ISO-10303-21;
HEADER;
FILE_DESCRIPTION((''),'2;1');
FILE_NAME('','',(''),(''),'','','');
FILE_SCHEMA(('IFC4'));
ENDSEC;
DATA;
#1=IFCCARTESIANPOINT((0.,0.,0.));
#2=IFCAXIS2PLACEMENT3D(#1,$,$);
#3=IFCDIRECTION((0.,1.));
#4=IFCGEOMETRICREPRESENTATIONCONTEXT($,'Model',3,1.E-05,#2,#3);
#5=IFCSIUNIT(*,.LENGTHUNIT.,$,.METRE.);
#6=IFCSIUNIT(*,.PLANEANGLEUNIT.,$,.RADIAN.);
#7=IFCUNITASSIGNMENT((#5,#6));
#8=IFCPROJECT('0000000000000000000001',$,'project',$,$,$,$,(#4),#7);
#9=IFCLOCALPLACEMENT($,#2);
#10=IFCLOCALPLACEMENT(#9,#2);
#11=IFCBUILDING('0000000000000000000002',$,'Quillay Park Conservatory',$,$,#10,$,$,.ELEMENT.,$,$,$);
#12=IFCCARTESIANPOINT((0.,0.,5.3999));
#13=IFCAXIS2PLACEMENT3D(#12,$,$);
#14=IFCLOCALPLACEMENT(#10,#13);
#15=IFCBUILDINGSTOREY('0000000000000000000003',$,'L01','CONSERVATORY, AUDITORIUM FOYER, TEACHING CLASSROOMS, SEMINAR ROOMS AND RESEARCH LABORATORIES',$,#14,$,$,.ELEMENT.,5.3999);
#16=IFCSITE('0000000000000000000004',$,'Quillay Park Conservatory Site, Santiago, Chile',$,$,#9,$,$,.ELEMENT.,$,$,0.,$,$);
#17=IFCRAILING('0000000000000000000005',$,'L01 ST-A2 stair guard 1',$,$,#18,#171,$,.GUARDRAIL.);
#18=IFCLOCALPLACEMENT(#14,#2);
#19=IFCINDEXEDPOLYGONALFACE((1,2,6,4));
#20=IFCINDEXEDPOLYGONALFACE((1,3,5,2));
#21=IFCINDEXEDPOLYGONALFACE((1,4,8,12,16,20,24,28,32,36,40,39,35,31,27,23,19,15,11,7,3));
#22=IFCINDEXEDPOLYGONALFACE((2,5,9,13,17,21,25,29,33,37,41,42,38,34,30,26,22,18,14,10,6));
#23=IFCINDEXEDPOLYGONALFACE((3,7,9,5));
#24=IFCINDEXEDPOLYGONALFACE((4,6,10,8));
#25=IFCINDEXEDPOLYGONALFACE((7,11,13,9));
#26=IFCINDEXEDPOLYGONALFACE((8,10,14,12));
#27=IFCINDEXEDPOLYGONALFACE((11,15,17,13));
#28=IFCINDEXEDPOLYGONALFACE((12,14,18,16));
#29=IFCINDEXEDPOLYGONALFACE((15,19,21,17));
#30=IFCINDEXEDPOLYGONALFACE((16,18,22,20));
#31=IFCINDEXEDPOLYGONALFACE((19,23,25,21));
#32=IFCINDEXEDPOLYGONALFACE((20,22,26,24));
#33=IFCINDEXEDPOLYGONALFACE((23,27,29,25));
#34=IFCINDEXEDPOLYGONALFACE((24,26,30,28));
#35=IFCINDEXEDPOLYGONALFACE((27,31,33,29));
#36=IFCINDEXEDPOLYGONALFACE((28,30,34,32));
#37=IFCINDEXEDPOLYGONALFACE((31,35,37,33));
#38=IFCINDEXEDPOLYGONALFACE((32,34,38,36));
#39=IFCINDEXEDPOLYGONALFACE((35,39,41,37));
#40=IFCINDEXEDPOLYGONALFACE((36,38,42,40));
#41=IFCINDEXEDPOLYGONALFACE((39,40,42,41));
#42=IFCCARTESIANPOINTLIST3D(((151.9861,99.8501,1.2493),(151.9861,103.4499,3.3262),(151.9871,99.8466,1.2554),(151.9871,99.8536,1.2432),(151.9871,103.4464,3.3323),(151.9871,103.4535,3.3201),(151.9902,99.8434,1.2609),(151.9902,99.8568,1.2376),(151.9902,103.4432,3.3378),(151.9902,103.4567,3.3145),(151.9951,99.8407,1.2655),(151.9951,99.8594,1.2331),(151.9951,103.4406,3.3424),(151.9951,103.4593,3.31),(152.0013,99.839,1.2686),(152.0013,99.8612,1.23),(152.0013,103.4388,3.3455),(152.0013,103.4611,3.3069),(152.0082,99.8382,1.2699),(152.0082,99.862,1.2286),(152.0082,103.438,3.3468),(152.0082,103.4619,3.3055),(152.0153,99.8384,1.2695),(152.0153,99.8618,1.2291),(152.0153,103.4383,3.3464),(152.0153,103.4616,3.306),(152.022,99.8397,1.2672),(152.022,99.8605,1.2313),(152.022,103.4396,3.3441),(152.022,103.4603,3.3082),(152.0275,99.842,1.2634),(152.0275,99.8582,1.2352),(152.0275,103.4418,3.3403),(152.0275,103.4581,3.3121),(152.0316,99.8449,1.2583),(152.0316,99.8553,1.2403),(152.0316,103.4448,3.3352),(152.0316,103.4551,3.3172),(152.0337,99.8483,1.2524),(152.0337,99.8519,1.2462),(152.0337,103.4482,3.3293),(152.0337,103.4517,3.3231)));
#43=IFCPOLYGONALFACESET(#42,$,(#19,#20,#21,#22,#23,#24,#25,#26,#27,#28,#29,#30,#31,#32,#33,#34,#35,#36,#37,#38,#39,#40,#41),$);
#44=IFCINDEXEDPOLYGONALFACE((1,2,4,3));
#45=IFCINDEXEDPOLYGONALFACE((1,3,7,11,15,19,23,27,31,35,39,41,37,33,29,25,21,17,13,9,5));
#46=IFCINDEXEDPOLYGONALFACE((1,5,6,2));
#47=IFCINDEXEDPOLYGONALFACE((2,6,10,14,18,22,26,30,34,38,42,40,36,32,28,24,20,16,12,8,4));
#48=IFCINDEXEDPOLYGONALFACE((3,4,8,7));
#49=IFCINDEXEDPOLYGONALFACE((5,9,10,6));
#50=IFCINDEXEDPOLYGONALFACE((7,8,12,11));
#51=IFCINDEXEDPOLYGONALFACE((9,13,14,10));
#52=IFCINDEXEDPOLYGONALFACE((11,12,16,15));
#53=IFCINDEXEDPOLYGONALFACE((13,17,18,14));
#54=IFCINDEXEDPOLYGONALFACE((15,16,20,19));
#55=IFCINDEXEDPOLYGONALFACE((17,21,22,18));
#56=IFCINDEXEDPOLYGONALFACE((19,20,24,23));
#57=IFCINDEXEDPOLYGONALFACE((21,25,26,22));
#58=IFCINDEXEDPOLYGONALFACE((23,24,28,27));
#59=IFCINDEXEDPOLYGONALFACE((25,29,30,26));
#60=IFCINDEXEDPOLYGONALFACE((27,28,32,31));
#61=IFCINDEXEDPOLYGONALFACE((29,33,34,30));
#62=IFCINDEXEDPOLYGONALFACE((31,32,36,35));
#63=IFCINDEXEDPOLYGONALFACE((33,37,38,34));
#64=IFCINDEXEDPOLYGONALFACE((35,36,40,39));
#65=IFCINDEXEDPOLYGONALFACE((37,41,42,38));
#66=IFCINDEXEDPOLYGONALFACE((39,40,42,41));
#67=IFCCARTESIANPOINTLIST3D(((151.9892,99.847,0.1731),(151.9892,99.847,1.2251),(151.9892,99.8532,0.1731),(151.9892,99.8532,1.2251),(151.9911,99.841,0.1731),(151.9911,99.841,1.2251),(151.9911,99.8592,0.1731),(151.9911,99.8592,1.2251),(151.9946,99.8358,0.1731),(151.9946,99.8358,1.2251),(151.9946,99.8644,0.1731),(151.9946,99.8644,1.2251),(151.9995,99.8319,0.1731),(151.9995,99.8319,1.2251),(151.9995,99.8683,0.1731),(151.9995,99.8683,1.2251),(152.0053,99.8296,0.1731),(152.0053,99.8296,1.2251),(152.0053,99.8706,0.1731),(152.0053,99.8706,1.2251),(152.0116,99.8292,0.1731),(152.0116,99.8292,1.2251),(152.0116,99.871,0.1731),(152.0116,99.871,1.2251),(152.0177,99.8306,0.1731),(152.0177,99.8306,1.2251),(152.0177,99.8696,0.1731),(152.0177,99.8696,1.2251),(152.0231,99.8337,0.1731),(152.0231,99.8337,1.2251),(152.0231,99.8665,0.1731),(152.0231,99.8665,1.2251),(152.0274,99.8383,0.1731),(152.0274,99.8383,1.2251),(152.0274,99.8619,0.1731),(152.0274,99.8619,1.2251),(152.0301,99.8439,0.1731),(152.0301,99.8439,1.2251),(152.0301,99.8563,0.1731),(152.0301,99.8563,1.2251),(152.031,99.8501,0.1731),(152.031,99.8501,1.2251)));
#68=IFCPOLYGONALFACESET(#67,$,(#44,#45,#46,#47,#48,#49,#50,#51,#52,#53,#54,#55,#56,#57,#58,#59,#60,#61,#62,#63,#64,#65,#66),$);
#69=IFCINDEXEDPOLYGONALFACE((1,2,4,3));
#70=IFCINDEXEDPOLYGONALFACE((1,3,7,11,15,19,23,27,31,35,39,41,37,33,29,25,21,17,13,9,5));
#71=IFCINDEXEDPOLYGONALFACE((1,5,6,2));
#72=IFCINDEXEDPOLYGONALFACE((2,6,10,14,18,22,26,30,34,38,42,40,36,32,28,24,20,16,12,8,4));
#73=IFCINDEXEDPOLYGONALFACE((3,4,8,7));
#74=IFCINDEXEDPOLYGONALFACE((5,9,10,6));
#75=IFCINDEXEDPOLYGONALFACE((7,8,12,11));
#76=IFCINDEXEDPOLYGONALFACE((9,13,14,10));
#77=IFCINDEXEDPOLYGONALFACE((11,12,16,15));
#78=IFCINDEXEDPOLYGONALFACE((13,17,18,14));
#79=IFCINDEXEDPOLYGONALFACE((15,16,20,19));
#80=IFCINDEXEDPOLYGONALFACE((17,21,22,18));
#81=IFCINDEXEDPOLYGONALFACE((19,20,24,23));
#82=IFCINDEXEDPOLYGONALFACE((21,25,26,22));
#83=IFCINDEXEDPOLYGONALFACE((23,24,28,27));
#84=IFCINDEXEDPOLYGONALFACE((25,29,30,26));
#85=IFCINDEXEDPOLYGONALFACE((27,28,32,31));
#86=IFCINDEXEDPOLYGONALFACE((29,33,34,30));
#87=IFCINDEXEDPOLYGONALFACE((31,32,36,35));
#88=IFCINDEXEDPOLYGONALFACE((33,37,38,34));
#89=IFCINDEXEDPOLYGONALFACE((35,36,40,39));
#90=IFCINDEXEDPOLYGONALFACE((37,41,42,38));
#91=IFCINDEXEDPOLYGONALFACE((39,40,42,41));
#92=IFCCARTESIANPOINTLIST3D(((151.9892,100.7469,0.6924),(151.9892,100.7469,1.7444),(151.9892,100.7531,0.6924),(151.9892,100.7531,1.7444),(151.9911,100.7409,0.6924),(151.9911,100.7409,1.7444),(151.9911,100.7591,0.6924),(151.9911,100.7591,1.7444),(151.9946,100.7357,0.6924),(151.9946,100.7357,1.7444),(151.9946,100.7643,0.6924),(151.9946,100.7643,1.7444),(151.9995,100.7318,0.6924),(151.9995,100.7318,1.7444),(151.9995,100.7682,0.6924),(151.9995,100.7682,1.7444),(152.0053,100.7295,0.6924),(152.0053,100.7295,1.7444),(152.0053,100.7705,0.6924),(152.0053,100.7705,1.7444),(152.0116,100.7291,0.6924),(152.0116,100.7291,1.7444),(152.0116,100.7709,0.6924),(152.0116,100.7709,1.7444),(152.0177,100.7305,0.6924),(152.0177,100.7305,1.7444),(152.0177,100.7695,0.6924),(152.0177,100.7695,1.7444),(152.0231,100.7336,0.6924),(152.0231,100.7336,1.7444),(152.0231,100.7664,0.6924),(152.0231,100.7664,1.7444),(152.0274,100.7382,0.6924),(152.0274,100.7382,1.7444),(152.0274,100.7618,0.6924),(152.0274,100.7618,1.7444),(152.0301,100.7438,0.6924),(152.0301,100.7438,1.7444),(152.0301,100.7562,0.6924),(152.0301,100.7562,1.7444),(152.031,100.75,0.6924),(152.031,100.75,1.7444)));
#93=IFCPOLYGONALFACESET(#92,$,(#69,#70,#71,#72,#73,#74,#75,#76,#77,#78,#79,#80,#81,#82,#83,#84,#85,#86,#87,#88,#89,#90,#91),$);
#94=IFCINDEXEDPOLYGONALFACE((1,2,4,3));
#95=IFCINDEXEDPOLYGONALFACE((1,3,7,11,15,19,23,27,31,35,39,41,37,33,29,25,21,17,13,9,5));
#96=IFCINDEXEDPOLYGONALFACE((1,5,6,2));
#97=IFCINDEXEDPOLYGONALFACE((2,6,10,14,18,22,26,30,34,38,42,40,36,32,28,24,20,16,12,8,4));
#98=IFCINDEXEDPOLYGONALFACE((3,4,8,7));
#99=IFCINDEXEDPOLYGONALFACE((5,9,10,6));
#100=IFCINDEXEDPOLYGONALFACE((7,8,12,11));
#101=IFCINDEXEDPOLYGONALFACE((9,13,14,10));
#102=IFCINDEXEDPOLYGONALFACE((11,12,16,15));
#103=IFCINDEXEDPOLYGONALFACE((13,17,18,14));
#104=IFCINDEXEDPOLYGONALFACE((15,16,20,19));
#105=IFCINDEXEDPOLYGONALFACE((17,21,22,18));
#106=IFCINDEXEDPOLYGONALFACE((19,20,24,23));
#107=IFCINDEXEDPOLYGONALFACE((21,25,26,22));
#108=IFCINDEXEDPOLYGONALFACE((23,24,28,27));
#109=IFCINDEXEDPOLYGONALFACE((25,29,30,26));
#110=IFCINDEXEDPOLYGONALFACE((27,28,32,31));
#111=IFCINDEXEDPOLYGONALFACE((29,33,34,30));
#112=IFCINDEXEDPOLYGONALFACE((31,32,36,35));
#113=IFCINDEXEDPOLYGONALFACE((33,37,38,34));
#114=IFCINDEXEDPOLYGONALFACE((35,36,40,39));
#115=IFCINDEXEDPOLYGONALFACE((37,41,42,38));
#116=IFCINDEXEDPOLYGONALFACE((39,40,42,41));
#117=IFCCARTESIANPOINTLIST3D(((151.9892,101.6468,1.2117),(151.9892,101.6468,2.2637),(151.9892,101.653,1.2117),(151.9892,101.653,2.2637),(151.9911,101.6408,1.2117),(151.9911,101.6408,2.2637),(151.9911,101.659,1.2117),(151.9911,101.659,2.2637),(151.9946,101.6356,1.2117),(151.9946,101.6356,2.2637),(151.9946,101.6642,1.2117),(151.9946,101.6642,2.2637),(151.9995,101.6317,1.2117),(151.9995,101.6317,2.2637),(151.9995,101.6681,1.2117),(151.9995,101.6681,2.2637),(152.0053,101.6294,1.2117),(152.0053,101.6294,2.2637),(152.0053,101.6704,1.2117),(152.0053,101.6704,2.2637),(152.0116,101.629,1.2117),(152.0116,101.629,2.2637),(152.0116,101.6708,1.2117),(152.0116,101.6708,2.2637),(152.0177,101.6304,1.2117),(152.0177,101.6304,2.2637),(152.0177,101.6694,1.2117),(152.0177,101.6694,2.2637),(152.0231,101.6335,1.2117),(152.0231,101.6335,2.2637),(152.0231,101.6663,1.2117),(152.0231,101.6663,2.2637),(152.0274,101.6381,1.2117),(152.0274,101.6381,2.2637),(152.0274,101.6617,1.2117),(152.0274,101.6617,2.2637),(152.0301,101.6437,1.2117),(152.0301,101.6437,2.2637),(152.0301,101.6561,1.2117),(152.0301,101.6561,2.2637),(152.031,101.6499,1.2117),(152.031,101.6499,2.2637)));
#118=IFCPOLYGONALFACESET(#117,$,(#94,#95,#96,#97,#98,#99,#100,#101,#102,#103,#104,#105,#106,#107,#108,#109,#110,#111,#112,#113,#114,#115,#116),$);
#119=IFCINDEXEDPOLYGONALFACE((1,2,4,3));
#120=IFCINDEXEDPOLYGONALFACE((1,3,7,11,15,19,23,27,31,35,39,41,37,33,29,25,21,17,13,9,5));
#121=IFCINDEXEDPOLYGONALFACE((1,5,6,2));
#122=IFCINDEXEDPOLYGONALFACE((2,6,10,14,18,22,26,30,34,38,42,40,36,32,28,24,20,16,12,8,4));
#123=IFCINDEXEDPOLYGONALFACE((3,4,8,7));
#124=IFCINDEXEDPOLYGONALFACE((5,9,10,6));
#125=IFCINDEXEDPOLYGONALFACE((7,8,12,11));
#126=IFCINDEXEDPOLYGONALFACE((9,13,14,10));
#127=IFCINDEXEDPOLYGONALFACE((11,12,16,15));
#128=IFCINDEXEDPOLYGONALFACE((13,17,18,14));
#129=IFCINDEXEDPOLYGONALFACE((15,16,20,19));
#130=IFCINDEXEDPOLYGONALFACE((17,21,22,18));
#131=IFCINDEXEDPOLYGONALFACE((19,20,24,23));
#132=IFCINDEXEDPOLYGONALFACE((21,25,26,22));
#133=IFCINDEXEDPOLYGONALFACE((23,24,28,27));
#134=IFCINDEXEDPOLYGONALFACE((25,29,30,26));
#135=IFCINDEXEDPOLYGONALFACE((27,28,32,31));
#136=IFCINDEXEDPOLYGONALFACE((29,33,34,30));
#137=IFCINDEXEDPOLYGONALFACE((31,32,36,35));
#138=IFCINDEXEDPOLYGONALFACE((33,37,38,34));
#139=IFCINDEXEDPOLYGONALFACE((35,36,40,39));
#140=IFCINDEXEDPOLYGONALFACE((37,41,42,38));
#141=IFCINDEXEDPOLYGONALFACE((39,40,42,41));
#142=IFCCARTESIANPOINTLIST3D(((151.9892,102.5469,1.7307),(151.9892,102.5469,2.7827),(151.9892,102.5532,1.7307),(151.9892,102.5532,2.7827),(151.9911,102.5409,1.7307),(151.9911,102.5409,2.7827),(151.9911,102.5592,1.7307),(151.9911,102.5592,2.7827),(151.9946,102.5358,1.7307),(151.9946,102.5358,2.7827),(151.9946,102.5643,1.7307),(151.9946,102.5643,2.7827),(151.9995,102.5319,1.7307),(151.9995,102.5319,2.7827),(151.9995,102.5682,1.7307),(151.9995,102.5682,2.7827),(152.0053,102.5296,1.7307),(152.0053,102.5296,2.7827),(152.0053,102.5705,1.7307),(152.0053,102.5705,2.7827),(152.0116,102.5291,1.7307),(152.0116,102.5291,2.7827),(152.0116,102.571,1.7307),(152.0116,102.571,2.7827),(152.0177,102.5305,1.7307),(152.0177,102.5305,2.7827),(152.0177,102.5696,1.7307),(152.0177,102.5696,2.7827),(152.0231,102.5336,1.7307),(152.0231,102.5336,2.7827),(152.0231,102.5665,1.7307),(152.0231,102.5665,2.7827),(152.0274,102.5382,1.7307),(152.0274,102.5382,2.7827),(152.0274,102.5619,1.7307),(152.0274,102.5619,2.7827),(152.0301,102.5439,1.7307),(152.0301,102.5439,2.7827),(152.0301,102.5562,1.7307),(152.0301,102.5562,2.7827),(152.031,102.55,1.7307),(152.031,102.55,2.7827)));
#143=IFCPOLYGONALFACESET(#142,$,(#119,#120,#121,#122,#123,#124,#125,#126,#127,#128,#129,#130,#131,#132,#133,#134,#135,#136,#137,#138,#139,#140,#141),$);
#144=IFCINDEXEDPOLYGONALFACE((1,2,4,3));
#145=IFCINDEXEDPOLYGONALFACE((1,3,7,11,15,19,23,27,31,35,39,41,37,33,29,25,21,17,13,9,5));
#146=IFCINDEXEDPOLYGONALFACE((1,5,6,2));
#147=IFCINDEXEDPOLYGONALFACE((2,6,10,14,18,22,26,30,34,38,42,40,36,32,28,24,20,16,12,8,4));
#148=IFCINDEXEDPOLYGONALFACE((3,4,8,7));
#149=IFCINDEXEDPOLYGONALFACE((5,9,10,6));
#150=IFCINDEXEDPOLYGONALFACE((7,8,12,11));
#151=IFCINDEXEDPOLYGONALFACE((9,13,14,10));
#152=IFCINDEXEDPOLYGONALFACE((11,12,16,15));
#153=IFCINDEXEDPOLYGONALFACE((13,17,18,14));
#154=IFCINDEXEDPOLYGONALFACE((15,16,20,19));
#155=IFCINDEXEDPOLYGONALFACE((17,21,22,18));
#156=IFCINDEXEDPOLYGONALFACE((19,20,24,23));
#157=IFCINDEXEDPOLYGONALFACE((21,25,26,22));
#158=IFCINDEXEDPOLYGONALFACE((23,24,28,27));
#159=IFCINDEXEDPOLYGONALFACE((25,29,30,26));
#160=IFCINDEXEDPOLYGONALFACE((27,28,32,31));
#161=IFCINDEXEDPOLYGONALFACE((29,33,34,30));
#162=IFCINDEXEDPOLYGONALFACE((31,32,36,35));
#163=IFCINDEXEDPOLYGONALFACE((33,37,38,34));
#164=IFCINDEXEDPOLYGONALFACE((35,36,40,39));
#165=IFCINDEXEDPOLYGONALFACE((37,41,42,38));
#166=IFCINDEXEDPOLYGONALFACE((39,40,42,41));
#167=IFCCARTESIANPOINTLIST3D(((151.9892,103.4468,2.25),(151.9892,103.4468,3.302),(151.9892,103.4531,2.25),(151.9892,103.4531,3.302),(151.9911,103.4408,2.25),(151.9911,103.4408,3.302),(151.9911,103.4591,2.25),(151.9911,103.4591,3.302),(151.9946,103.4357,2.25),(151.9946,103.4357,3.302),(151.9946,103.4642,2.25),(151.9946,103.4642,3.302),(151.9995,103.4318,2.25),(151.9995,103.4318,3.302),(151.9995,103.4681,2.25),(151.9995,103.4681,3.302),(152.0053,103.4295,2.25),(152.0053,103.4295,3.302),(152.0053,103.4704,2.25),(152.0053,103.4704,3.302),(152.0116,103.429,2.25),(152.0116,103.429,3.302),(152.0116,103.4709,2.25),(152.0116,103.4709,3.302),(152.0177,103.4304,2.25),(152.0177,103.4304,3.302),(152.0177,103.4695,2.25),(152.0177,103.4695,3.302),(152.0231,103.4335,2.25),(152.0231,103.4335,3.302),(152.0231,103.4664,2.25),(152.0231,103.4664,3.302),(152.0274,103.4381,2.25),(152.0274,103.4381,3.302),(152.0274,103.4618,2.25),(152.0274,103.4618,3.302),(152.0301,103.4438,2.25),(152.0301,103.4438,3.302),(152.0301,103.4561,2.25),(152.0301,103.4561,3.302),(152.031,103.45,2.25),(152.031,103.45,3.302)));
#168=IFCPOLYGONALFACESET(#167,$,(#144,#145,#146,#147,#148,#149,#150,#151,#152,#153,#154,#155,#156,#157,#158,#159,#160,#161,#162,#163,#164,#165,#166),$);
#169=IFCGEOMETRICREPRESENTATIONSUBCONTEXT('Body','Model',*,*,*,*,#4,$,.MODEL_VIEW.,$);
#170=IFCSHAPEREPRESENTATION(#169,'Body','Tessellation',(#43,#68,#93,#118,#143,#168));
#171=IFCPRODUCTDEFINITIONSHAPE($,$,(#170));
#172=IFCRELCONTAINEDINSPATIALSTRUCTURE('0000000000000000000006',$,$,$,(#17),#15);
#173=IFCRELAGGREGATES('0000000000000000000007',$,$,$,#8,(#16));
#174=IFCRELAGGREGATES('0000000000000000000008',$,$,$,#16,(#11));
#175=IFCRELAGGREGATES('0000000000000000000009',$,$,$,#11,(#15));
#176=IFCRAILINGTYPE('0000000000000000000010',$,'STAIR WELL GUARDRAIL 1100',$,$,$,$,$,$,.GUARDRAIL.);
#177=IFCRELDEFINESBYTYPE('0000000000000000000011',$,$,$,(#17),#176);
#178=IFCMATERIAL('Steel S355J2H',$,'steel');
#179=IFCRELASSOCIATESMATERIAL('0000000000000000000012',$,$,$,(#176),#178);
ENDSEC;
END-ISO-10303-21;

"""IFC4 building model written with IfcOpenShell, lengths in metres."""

from ifc_helpers import new_model, si_unit, direction, frame, origin, origin_2d, place, context, subcontext, project, spatial, circle, extrude, material, type_object, element, save


model = new_model("IFC4")

# Units and contexts
model_context = context("Model", 3, precision=1e-05, world=origin(), true_north=direction((0.0, 1.0)))
body_context = subcontext(model_context, "Body", "Model", "MODEL_VIEW")
ifc_project = project(units=[si_unit("LENGTHUNIT", "METRE"), si_unit("PLANEANGLEUNIT", "RADIAN")], contexts=[model_context])

# Site, building, storey
site_placement = place(None, origin())
site = spatial("IfcSite", under=ifc_project, at=site_placement, Name="Quillay Park Conservatory Site, Santiago, Chile", CompositionType="ELEMENT", RefElevation=0.0)
building_placement = place(site_placement, origin())
building = spatial("IfcBuilding", under=site, at=building_placement, Name="Quillay Park Conservatory", CompositionType="ELEMENT")
storey_placement = place(building_placement, frame((0.0, 0.0, 5.3999)))
storey = spatial("IfcBuildingStorey", under=building, at=storey_placement, Name="L01", Description="CONSERVATORY, AUDITORIUM FOYER, TEACHING CLASSROOMS, SEMINAR ROOMS AND RESEARCH LABORATORIES", CompositionType="ELEMENT", Elevation=5.3999)

# Railing
ifc_material_1 = material(Name="Steel S355J2H", Category="steel")
railing_type_1 = type_object("IfcRailingType", Name="STAIR WELL GUARDRAIL 1100", PredefinedType="GUARDRAIL", material=ifc_material_1)
railing_1_placement = place(storey_placement, frame((152.01, 99.8501, 0.1731)))
element("IfcRailing", 1, at=railing_1_placement, inside=storey, type_object=railing_type_1, Name="L01 ST-A2 stair guard 1", PredefinedType="GUARDRAIL", context=body_context, shape_type="SweptSolid", body=[
    extrude(circle(Radius=0.0239, at=origin_2d()), frame((0.0, 0.0, 1.0762), z_axis=(0.0, 0.866179, 0.499734), x_axis=(-1.0, 0.0, 0.0)), (0.0, 0.0, 1.0), 4.156),
    extrude(circle(Radius=0.021, at=origin_2d()), origin(), (0.0, 0.0, 1.0), 1.052),
    extrude(circle(Radius=0.021, at=origin_2d()), frame((0.0, 0.8999, 0.5193)), (0.0, 0.0, 1.0), 1.052),
    extrude(circle(Radius=0.021, at=origin_2d()), frame((0.0, 1.7998, 1.0386)), (0.0, 0.0, 1.0), 1.052),
    extrude(circle(Radius=0.021, at=origin_2d()), frame((0.0, 2.7, 1.5576)), (0.0, 0.0, 1.0), 1.052),
    extrude(circle(Radius=0.021, at=origin_2d()), frame((0.0, 3.5999, 2.0769)), (0.0, 0.0, 1.0), 1.052),
])

save(model, "model.ifc")
